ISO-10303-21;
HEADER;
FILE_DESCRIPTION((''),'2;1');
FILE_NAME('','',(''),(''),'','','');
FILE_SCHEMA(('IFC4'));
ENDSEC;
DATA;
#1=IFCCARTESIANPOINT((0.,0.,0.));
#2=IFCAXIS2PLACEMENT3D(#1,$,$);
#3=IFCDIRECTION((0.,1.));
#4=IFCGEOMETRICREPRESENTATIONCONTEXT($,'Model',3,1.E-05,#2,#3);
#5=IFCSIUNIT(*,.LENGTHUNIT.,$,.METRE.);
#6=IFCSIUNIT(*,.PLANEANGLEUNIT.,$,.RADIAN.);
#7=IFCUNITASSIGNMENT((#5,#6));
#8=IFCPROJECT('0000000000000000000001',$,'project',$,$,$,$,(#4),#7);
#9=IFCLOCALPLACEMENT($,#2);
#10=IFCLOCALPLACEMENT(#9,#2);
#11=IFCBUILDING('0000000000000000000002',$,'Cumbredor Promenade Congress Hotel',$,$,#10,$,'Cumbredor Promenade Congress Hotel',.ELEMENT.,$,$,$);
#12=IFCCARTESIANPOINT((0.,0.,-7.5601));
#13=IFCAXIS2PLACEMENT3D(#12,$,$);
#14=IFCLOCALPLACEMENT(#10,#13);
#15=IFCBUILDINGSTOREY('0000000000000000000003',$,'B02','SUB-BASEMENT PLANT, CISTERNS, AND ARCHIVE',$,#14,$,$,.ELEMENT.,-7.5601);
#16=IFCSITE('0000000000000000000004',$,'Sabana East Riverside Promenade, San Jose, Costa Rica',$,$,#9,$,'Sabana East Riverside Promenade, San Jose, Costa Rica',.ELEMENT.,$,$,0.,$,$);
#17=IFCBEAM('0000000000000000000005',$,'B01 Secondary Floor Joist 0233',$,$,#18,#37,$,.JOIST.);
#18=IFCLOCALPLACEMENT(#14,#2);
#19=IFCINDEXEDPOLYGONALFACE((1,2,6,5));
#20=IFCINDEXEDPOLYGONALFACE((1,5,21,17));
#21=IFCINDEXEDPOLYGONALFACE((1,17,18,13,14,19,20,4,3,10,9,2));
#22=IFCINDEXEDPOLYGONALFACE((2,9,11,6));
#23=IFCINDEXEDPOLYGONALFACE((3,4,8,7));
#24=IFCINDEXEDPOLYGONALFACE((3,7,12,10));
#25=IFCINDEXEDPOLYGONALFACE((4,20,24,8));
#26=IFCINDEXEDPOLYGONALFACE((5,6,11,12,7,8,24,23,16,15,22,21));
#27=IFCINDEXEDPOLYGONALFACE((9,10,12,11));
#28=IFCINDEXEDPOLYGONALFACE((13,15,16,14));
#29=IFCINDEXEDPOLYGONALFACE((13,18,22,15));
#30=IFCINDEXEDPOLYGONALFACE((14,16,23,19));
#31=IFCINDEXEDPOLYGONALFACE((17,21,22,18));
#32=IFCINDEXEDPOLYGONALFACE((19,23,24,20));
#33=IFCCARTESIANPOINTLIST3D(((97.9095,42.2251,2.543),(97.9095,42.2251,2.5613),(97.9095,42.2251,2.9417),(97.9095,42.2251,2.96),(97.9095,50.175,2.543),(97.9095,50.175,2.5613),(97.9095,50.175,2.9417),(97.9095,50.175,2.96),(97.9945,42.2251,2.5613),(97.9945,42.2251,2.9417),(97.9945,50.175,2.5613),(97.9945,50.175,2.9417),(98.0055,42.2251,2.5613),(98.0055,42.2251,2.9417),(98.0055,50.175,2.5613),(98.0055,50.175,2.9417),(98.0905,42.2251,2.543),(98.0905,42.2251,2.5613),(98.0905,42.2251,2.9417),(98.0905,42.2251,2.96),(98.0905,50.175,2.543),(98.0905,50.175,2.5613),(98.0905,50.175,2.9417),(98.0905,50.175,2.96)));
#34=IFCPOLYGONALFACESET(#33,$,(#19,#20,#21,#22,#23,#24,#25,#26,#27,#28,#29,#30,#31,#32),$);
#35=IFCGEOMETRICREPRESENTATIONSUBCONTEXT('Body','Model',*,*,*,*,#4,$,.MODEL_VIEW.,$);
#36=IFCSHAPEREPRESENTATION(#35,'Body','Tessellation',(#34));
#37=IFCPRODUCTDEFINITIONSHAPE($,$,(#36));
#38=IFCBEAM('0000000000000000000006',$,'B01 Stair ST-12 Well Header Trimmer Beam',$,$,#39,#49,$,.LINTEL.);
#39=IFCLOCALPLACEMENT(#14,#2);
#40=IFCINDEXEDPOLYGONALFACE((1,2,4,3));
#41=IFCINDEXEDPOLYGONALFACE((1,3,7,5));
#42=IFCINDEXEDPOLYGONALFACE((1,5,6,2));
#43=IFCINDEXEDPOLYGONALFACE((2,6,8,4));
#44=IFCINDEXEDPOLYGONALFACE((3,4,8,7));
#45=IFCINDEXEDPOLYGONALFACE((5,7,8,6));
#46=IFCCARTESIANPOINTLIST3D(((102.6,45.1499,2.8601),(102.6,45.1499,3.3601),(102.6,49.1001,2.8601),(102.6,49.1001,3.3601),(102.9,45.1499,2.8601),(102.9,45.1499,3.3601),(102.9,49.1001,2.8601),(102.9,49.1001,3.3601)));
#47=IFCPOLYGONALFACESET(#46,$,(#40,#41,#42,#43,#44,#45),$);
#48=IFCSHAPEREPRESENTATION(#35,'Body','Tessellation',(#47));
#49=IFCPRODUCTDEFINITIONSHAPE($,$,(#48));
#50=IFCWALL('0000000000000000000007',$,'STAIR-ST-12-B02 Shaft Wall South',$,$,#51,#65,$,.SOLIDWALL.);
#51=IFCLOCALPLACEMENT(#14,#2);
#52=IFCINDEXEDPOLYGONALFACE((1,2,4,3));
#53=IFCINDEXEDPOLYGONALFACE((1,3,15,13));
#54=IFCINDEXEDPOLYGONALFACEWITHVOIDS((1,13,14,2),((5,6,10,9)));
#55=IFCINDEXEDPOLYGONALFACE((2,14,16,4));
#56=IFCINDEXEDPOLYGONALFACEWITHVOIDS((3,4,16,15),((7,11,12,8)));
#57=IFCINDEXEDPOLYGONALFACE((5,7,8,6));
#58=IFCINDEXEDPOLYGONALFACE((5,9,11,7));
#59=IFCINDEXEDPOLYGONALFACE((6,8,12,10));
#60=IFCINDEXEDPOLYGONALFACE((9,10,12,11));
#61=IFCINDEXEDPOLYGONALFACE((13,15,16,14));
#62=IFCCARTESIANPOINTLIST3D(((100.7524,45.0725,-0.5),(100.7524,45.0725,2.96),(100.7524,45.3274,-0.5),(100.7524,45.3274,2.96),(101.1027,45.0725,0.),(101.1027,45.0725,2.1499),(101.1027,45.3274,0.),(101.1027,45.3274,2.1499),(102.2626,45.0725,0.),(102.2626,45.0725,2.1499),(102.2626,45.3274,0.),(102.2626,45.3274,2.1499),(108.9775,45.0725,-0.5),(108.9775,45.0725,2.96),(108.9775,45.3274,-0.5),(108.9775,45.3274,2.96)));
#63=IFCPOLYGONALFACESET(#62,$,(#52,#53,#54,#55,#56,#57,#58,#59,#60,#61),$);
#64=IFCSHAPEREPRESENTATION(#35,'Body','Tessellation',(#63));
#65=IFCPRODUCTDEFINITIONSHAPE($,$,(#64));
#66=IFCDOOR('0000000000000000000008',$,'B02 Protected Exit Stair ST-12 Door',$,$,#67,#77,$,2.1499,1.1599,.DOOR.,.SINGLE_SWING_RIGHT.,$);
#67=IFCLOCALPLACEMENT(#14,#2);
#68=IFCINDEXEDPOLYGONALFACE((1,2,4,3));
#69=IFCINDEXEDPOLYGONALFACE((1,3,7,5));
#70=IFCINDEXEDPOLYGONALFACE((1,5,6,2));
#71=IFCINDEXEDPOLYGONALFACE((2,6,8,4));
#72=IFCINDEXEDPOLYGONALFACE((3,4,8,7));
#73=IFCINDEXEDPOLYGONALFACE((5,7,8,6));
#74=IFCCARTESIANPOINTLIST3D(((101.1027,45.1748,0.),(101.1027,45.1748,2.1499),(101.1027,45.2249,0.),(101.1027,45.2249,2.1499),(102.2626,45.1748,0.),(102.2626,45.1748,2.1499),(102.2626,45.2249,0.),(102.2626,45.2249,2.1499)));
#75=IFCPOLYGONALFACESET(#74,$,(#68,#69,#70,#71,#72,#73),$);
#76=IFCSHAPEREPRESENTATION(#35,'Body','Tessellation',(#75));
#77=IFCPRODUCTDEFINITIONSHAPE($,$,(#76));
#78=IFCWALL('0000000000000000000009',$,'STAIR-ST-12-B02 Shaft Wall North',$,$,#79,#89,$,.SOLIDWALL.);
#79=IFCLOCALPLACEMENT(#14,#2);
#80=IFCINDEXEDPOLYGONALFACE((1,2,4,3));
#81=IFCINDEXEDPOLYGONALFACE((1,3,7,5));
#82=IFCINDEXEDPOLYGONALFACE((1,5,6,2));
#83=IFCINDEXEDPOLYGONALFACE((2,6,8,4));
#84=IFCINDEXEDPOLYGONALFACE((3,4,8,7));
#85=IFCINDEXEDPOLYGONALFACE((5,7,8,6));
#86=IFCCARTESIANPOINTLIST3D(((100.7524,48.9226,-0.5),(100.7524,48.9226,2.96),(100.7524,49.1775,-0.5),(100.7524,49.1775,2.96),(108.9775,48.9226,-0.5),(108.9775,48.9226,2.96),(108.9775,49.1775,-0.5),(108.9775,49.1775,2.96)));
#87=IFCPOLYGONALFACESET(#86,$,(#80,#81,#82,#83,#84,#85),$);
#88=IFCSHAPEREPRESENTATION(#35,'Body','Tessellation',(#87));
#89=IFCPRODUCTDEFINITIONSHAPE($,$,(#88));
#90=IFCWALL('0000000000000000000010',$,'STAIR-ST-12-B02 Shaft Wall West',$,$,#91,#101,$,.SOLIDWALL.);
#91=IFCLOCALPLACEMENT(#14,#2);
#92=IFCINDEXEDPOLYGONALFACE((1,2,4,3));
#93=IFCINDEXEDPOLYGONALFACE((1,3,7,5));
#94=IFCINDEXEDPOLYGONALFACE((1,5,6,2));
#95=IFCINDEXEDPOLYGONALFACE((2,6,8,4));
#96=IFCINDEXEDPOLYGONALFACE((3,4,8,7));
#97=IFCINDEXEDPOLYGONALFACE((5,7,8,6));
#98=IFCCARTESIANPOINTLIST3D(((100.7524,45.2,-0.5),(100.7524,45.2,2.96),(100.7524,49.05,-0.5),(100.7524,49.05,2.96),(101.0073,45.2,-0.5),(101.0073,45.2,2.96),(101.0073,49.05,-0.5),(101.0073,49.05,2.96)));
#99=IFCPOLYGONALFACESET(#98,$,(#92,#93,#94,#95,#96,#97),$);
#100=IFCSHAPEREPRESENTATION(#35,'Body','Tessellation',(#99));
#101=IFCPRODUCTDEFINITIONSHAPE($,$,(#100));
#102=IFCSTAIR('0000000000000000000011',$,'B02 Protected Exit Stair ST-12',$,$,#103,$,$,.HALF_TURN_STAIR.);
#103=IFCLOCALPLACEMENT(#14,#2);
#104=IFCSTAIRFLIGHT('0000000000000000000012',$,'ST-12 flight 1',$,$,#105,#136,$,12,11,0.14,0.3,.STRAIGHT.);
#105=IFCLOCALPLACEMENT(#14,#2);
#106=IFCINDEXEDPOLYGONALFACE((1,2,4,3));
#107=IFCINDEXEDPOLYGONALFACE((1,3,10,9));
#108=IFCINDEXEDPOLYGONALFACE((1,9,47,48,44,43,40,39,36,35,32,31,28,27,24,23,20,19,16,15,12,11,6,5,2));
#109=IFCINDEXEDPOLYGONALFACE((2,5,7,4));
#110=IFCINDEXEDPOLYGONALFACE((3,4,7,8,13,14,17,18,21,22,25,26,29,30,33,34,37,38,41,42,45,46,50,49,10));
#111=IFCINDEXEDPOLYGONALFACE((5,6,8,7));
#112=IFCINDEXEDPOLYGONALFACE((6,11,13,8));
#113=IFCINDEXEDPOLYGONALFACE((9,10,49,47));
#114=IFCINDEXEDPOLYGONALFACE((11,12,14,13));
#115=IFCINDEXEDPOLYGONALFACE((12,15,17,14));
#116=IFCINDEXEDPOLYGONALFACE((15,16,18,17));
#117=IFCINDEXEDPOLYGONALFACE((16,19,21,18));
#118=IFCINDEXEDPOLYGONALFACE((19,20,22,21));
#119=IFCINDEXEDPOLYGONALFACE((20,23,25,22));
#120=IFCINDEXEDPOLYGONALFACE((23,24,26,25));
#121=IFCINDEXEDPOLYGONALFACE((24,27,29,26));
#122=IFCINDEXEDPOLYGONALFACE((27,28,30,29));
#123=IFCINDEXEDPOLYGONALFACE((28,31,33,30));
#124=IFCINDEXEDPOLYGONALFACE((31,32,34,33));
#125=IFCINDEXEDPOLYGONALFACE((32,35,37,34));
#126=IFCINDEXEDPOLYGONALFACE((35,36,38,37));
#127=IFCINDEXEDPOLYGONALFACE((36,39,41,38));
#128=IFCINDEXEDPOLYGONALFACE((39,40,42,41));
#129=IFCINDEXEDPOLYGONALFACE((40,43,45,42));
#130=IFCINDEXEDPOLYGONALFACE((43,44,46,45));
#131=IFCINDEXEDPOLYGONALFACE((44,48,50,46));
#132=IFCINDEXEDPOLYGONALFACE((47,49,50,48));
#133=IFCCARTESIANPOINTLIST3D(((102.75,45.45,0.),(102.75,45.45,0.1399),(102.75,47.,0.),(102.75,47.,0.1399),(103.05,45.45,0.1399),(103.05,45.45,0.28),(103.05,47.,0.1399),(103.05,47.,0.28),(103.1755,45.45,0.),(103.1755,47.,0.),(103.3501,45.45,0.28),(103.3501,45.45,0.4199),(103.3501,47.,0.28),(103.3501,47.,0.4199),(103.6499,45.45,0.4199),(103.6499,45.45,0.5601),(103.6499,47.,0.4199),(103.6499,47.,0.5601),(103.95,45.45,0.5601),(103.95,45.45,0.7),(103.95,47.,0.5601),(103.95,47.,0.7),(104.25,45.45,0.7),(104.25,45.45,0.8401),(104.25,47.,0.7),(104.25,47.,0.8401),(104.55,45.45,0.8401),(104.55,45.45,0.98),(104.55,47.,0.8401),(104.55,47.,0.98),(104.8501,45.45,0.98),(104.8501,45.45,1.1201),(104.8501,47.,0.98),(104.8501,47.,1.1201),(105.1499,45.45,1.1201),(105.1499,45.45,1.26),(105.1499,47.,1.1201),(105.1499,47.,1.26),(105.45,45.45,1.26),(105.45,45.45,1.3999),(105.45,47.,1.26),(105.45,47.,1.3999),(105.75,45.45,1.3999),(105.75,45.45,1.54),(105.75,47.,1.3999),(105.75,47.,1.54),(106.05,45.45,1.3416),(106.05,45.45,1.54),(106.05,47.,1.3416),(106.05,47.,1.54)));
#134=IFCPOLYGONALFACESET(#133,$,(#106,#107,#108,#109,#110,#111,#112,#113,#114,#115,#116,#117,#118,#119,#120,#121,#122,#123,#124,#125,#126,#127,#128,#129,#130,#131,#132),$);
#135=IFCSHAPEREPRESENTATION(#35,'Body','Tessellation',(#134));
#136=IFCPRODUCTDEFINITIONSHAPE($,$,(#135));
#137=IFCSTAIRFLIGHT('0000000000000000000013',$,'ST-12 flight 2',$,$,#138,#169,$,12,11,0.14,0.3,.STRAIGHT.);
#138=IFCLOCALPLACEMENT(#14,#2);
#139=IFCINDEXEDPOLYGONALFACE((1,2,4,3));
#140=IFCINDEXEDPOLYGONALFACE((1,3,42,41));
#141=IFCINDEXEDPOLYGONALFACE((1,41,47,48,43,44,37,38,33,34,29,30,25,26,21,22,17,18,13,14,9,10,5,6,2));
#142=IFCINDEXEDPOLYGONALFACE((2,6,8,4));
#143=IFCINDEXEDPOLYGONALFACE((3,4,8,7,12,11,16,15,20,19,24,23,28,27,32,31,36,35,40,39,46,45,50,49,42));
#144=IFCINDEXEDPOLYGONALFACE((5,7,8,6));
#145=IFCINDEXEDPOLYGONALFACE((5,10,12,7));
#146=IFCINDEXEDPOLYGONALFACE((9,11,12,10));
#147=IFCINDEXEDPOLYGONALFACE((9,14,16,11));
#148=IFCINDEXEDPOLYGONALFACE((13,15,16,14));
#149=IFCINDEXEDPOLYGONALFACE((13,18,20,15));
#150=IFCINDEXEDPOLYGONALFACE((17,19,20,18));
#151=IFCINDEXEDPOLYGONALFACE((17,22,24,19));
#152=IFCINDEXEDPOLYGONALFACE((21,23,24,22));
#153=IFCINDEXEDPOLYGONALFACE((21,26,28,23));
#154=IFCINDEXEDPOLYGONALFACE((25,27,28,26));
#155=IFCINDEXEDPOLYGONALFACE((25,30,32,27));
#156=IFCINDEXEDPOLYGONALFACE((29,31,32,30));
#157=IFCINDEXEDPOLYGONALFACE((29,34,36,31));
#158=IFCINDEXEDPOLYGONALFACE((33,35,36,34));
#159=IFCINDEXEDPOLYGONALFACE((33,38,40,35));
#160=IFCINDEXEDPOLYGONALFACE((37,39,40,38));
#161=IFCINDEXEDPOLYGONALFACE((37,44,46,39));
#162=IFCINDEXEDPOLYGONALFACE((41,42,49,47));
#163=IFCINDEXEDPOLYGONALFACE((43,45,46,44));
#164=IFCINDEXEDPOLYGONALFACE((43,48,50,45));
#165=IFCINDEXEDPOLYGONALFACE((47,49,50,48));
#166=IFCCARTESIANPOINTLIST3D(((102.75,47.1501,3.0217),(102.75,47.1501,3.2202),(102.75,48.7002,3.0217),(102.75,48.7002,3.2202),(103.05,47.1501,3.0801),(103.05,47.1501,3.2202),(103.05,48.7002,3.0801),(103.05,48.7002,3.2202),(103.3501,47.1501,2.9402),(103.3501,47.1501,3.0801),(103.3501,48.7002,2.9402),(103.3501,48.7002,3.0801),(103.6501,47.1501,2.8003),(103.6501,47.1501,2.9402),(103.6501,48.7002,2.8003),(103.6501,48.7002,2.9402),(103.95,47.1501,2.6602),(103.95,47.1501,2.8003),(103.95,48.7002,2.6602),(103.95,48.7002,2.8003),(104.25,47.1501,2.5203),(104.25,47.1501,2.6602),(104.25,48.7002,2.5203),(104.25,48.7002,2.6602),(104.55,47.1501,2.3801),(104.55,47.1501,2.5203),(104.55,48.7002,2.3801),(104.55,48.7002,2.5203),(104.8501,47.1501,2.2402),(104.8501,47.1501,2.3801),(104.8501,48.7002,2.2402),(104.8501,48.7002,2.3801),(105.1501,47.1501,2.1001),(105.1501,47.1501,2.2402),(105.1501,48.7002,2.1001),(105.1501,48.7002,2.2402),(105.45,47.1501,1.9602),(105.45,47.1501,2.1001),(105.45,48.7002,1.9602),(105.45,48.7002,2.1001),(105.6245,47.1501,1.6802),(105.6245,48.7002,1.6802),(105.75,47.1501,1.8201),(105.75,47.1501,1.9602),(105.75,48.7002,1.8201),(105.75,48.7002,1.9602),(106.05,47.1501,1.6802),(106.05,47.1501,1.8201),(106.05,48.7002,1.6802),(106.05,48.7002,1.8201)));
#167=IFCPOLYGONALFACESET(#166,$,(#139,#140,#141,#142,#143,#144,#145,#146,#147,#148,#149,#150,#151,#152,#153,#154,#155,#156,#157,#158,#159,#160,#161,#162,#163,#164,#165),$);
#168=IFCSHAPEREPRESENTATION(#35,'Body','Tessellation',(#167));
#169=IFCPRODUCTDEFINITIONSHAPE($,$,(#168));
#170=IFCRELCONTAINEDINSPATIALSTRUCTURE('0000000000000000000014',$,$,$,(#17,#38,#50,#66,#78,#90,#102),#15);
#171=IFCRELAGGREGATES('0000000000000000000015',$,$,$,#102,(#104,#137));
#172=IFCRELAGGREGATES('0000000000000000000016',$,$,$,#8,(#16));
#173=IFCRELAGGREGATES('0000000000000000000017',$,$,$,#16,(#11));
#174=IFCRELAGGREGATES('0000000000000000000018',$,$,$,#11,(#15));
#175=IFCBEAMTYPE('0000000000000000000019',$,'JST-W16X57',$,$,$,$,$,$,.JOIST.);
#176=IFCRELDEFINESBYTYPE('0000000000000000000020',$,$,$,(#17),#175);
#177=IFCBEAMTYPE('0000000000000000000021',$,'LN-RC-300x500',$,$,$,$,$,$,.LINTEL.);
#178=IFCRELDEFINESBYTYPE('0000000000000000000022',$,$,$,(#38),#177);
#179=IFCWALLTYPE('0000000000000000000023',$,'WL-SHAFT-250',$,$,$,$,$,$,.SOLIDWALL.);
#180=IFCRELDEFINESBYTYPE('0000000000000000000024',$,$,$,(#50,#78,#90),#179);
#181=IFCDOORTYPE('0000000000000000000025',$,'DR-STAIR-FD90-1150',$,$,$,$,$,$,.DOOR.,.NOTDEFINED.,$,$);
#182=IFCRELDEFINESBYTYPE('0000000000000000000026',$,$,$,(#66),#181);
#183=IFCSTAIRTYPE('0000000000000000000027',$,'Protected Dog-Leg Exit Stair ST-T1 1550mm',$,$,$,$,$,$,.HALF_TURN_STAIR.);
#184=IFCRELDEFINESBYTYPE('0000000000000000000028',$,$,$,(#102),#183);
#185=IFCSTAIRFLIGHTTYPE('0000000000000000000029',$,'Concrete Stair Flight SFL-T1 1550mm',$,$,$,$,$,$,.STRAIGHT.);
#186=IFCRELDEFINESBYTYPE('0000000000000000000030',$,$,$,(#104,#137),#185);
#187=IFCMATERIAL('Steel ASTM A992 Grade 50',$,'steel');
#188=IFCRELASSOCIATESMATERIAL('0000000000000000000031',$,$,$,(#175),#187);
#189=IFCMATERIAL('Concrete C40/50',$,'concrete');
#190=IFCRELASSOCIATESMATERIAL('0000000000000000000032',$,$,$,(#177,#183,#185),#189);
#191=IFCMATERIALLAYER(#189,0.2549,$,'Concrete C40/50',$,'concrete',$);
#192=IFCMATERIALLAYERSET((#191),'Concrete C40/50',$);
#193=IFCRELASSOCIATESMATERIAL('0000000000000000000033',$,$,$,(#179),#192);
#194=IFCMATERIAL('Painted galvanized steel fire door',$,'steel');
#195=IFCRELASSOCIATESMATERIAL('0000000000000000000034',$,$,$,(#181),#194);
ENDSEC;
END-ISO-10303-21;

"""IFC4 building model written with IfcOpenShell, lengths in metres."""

from ifc_helpers import new_model, si_unit, direction, frame, frame_2d, origin, origin_2d, place, context, subcontext, project, spatial, polyline, rectangle, i_section, outline, extrude, material, layer, layer_set, material_profile, profile_set, type_object, element, fill, aggregate, save


model = new_model("IFC4")

# Units and contexts
model_context = context("Model", 3, precision=1e-05, world=origin(), true_north=direction((0.0, 1.0)))
body_context = subcontext(model_context, "Body", "Model", "MODEL_VIEW")
ifc_project = project(units=[si_unit("LENGTHUNIT", "METRE"), si_unit("PLANEANGLEUNIT", "RADIAN")], contexts=[model_context])

# Site, building, storey
site_placement = place(None, origin())
site = spatial("IfcSite", under=ifc_project, at=site_placement, Name="Sabana East Riverside Promenade, San Jose, Costa Rica", LongName="Sabana East Riverside Promenade, San Jose, Costa Rica", CompositionType="ELEMENT", RefElevation=0.0)
building_placement = place(site_placement, origin())
building = spatial("IfcBuilding", under=site, at=building_placement, Name="Cumbredor Promenade Congress Hotel", LongName="Cumbredor Promenade Congress Hotel", CompositionType="ELEMENT")
storey_placement = place(building_placement, frame((0.0, 0.0, -7.5601)))
storey = spatial("IfcBuildingStorey", under=building, at=storey_placement, Name="B02", Description="SUB-BASEMENT PLANT, CISTERNS, AND ARCHIVE", CompositionType="ELEMENT", Elevation=-7.5601)

# Shared definitions
ifc_material_1 = material(Name="Concrete C40/50", Category="concrete")

# Beams
ifc_material_2 = material(Name="Steel ASTM A992 Grade 50", Category="steel")
ifc_material_profile_1 = material_profile(ifc_material_2, i_section(OverallWidth=0.1809, OverallDepth=0.417, WebThickness=0.011, FlangeThickness=0.0183, at=origin_2d()), Name="W16X57")
ifc_profile_set_1 = profile_set([ifc_material_profile_1], Name="Steel ASTM A992 Grade 50")
beam_type_1 = type_object("IfcBeamType", Name="JST-W16X57", PredefinedType="JOIST", material=ifc_profile_set_1)
for number, where, z_axis, x_axis, name in (
    (1, (98.0, 42.2251, 2.7515), (0.0, 1.0, 0.0), (-1.0, 0.0, 0.0), "B01 Secondary Floor Joist 0233"),
):
    element("IfcBeam", number, at=place(storey_placement, frame(where, z_axis=z_axis, x_axis=x_axis)), inside=storey, type_object=beam_type_1, Name=name, PredefinedType="JOIST", context=body_context, shape_type="SweptSolid", body=[
        extrude(i_section(OverallWidth=0.1809, OverallDepth=0.417, WebThickness=0.011, FlangeThickness=0.0183, at=origin_2d()), origin(), (0.0, 0.0, 1.0), 7.95),
    ])
ifc_material_profile_2 = material_profile(ifc_material_1, rectangle(XDim=0.3, YDim=0.5, at=origin_2d()), Name="RC LINTEL 300x500")
ifc_profile_set_2 = profile_set([ifc_material_profile_2], Name="Concrete C40/50")
beam_type_2 = type_object("IfcBeamType", Name="LN-RC-300x500", PredefinedType="LINTEL", material=ifc_profile_set_2)
beam_1_placement = place(storey_placement, frame((102.75, 45.1499, 3.1101), z_axis=(0.0, 1.0, 0.0), x_axis=(-1.0, 0.0, 0.0)))
element("IfcBeam", 2, at=beam_1_placement, inside=storey, type_object=beam_type_2, Name="B01 Stair ST-12 Well Header Trimmer Beam", PredefinedType="LINTEL", context=body_context, shape_type="SweptSolid", body=[
    extrude(rectangle(XDim=0.3, YDim=0.5, at=origin_2d()), origin(), (0.0, 0.0, 1.0), 3.9502),
])

# Wall, opening, door
ifc_layer = layer(ifc_material_1, 0.2549, Name="Concrete C40/50", Category="concrete")
ifc_layer_set = layer_set([ifc_layer], Name="Concrete C40/50")
wall_type = type_object("IfcWallType", Name="WL-SHAFT-250", PredefinedType="SOLIDWALL", material=ifc_layer_set)
wall_1_placement = place(storey_placement, frame((100.7524, 45.2, -0.5), z_axis=(0.0, 0.0, 1.0), x_axis=(1.0, 0.0, 0.0)))
wall_1 = element("IfcWall", 3, at=wall_1_placement, inside=storey, type_object=wall_type, Name="STAIR-ST-12-B02 Shaft Wall South", PredefinedType="SOLIDWALL", context=body_context, shape_type="SweptSolid", body=[
    extrude(rectangle(XDim=8.2251, YDim=0.2549, at=frame_2d((4.1125, 0.0))), origin(), (0.0, 0.0, 1.0), 3.46),
])
opening_placement = place(wall_1_placement, frame((0.3501, 0.0, 0.5)))
opening = element("IfcOpeningElement", 4, at=opening_placement, cuts=wall_1, PredefinedType="OPENING", context=body_context, shape_type="SweptSolid", body=[
    extrude(rectangle(XDim=1.1599, YDim=2.1499, at=frame_2d((0.5801, 1.075))), frame((0.0, 0.1375, 0.0), z_axis=(0.0, -1.0, 0.0), x_axis=(1.0, 0.0, 0.0)), (0.0, 0.0, 1.0), 0.2749),
])
ifc_material_3 = material(Name="Painted galvanized steel fire door", Category="steel")
door_type = type_object("IfcDoorType", Name="DR-STAIR-FD90-1150", OperationType="NOTDEFINED", PredefinedType="DOOR", material=ifc_material_3)
door_placement = place(opening_placement, origin())
door = element("IfcDoor", 5, at=door_placement, inside=storey, type_object=door_type, Name="B02 Protected Exit Stair ST-12 Door", OperationType="SINGLE_SWING_RIGHT", OverallHeight=2.1499, OverallWidth=1.1599, PredefinedType="DOOR", context=body_context, shape_type="SweptSolid", body=[
    extrude(rectangle(XDim=1.1599, YDim=2.1499, at=frame_2d((0.5801, 1.075))), frame((0.0, 0.0249, 0.0), z_axis=(0.0, -1.0, 0.0), x_axis=(1.0, 0.0, 0.0)), (0.0, 0.0, 1.0), 0.05),
])
fill(opening, door)

# Walls
wall_2_placement = place(storey_placement, frame((100.7524, 49.05, -0.5), z_axis=(0.0, 0.0, 1.0), x_axis=(1.0, 0.0, 0.0)))
element("IfcWall", 6, at=wall_2_placement, inside=storey, type_object=wall_type, Name="STAIR-ST-12-B02 Shaft Wall North", PredefinedType="SOLIDWALL", context=body_context, shape_type="SweptSolid", body=[
    extrude(rectangle(XDim=8.2251, YDim=0.2549, at=frame_2d((4.1125, 0.0))), origin(), (0.0, 0.0, 1.0), 3.46),
])
wall_3_placement = place(storey_placement, frame((100.8799, 45.2, -0.5), z_axis=(0.0, 0.0, 1.0), x_axis=(0.0, 1.0, 0.0)))
element("IfcWall", 7, at=wall_3_placement, inside=storey, type_object=wall_type, Name="STAIR-ST-12-B02 Shaft Wall West", PredefinedType="SOLIDWALL", context=body_context, shape_type="SweptSolid", body=[
    extrude(rectangle(XDim=3.8501, YDim=0.2549, at=frame_2d((1.925, 0.0))), origin(), (0.0, 0.0, 1.0), 3.46),
])

# Stair, stair flights
stair_type = type_object("IfcStairType", Name="Protected Dog-Leg Exit Stair ST-T1 1550mm", PredefinedType="HALF_TURN_STAIR", material=ifc_material_1)
stair_placement = place(storey_placement, origin())
stair = element("IfcStair", 8, at=stair_placement, inside=storey, type_object=stair_type, Name="B02 Protected Exit Stair ST-12", PredefinedType="HALF_TURN_STAIR")
stair_flight_type = type_object("IfcStairFlightType", Name="Concrete Stair Flight SFL-T1 1550mm", PredefinedType="STRAIGHT", material=ifc_material_1)
stair_flight_1_placement = place(storey_placement, frame((102.75, 46.2251, 0.0), z_axis=(0.0, 0.0, 1.0), x_axis=(1.0, 0.0, 0.0)))
stair_flight_1 = element("IfcStairFlight", 9, at=stair_flight_1_placement, type_object=stair_flight_type, Name="ST-12 flight 1", NumberOfRisers=12, NumberOfTreads=11, PredefinedType="STRAIGHT", RiserHeight=0.14, TreadLength=0.3, context=body_context, shape_type="SweptSolid", body=[
    extrude(outline(polyline([(0.0, 0.0), (0.0, 0.1399), (0.3, 0.1399), (0.3, 0.28), (0.6001, 0.28), (0.6001, 0.4199), (0.8999, 0.4199), (0.8999, 0.5601), (1.2, 0.5601), (1.2, 0.7), (1.5, 0.7), (1.5, 0.8401), (1.8, 0.8401), (1.8, 0.98), (2.1001, 0.98), (2.1001, 1.1201), (2.3999, 1.1201), (2.3999, 1.26), (2.7, 1.26), (2.7, 1.3999), (3.0, 1.3999), (3.0, 1.54), (3.3, 1.54), (3.3, 1.6799), (3.3, 1.3416), (0.4255, 0.0), (0.0, 0.0)])), frame((0.0, 0.7749, 0.0), z_axis=(0.0, -1.0, 0.0), x_axis=(1.0, 0.0, 0.0)), (0.0, 0.0, 1.0), 1.55),
])
stair_flight_2_placement = place(storey_placement, frame((106.05, 47.925, 1.6802), z_axis=(0.0, 0.0, 1.0), x_axis=(-1.0, 0.0, 0.0)))
stair_flight_2 = element("IfcStairFlight", 10, at=stair_flight_2_placement, type_object=stair_flight_type, Name="ST-12 flight 2", NumberOfRisers=12, NumberOfTreads=11, PredefinedType="STRAIGHT", RiserHeight=0.14, TreadLength=0.3, context=body_context, shape_type="SweptSolid", body=[
    extrude(outline(polyline([(0.0, 0.0), (0.0, 0.1399), (0.3, 0.1399), (0.3, 0.28), (0.6001, 0.28), (0.6001, 0.4199), (0.8999, 0.4199), (0.8999, 0.5601), (1.2, 0.5601), (1.2, 0.7), (1.5, 0.7), (1.5, 0.8401), (1.8, 0.8401), (1.8, 0.98), (2.1001, 0.98), (2.1001, 1.1201), (2.3999, 1.1201), (2.3999, 1.26), (2.7, 1.26), (2.7, 1.3999), (3.0, 1.3999), (3.0, 1.54), (3.3, 1.54), (3.3, 1.6799), (3.3, 1.3416), (0.4255, 0.0), (0.0, 0.0)])), frame((0.0, 0.7749, 0.0), z_axis=(0.0, -1.0, 0.0), x_axis=(1.0, 0.0, 0.0)), (0.0, 0.0, 1.0), 1.55),
])
aggregate(stair, [stair_flight_1, stair_flight_2])

save(model, "model.ifc")
